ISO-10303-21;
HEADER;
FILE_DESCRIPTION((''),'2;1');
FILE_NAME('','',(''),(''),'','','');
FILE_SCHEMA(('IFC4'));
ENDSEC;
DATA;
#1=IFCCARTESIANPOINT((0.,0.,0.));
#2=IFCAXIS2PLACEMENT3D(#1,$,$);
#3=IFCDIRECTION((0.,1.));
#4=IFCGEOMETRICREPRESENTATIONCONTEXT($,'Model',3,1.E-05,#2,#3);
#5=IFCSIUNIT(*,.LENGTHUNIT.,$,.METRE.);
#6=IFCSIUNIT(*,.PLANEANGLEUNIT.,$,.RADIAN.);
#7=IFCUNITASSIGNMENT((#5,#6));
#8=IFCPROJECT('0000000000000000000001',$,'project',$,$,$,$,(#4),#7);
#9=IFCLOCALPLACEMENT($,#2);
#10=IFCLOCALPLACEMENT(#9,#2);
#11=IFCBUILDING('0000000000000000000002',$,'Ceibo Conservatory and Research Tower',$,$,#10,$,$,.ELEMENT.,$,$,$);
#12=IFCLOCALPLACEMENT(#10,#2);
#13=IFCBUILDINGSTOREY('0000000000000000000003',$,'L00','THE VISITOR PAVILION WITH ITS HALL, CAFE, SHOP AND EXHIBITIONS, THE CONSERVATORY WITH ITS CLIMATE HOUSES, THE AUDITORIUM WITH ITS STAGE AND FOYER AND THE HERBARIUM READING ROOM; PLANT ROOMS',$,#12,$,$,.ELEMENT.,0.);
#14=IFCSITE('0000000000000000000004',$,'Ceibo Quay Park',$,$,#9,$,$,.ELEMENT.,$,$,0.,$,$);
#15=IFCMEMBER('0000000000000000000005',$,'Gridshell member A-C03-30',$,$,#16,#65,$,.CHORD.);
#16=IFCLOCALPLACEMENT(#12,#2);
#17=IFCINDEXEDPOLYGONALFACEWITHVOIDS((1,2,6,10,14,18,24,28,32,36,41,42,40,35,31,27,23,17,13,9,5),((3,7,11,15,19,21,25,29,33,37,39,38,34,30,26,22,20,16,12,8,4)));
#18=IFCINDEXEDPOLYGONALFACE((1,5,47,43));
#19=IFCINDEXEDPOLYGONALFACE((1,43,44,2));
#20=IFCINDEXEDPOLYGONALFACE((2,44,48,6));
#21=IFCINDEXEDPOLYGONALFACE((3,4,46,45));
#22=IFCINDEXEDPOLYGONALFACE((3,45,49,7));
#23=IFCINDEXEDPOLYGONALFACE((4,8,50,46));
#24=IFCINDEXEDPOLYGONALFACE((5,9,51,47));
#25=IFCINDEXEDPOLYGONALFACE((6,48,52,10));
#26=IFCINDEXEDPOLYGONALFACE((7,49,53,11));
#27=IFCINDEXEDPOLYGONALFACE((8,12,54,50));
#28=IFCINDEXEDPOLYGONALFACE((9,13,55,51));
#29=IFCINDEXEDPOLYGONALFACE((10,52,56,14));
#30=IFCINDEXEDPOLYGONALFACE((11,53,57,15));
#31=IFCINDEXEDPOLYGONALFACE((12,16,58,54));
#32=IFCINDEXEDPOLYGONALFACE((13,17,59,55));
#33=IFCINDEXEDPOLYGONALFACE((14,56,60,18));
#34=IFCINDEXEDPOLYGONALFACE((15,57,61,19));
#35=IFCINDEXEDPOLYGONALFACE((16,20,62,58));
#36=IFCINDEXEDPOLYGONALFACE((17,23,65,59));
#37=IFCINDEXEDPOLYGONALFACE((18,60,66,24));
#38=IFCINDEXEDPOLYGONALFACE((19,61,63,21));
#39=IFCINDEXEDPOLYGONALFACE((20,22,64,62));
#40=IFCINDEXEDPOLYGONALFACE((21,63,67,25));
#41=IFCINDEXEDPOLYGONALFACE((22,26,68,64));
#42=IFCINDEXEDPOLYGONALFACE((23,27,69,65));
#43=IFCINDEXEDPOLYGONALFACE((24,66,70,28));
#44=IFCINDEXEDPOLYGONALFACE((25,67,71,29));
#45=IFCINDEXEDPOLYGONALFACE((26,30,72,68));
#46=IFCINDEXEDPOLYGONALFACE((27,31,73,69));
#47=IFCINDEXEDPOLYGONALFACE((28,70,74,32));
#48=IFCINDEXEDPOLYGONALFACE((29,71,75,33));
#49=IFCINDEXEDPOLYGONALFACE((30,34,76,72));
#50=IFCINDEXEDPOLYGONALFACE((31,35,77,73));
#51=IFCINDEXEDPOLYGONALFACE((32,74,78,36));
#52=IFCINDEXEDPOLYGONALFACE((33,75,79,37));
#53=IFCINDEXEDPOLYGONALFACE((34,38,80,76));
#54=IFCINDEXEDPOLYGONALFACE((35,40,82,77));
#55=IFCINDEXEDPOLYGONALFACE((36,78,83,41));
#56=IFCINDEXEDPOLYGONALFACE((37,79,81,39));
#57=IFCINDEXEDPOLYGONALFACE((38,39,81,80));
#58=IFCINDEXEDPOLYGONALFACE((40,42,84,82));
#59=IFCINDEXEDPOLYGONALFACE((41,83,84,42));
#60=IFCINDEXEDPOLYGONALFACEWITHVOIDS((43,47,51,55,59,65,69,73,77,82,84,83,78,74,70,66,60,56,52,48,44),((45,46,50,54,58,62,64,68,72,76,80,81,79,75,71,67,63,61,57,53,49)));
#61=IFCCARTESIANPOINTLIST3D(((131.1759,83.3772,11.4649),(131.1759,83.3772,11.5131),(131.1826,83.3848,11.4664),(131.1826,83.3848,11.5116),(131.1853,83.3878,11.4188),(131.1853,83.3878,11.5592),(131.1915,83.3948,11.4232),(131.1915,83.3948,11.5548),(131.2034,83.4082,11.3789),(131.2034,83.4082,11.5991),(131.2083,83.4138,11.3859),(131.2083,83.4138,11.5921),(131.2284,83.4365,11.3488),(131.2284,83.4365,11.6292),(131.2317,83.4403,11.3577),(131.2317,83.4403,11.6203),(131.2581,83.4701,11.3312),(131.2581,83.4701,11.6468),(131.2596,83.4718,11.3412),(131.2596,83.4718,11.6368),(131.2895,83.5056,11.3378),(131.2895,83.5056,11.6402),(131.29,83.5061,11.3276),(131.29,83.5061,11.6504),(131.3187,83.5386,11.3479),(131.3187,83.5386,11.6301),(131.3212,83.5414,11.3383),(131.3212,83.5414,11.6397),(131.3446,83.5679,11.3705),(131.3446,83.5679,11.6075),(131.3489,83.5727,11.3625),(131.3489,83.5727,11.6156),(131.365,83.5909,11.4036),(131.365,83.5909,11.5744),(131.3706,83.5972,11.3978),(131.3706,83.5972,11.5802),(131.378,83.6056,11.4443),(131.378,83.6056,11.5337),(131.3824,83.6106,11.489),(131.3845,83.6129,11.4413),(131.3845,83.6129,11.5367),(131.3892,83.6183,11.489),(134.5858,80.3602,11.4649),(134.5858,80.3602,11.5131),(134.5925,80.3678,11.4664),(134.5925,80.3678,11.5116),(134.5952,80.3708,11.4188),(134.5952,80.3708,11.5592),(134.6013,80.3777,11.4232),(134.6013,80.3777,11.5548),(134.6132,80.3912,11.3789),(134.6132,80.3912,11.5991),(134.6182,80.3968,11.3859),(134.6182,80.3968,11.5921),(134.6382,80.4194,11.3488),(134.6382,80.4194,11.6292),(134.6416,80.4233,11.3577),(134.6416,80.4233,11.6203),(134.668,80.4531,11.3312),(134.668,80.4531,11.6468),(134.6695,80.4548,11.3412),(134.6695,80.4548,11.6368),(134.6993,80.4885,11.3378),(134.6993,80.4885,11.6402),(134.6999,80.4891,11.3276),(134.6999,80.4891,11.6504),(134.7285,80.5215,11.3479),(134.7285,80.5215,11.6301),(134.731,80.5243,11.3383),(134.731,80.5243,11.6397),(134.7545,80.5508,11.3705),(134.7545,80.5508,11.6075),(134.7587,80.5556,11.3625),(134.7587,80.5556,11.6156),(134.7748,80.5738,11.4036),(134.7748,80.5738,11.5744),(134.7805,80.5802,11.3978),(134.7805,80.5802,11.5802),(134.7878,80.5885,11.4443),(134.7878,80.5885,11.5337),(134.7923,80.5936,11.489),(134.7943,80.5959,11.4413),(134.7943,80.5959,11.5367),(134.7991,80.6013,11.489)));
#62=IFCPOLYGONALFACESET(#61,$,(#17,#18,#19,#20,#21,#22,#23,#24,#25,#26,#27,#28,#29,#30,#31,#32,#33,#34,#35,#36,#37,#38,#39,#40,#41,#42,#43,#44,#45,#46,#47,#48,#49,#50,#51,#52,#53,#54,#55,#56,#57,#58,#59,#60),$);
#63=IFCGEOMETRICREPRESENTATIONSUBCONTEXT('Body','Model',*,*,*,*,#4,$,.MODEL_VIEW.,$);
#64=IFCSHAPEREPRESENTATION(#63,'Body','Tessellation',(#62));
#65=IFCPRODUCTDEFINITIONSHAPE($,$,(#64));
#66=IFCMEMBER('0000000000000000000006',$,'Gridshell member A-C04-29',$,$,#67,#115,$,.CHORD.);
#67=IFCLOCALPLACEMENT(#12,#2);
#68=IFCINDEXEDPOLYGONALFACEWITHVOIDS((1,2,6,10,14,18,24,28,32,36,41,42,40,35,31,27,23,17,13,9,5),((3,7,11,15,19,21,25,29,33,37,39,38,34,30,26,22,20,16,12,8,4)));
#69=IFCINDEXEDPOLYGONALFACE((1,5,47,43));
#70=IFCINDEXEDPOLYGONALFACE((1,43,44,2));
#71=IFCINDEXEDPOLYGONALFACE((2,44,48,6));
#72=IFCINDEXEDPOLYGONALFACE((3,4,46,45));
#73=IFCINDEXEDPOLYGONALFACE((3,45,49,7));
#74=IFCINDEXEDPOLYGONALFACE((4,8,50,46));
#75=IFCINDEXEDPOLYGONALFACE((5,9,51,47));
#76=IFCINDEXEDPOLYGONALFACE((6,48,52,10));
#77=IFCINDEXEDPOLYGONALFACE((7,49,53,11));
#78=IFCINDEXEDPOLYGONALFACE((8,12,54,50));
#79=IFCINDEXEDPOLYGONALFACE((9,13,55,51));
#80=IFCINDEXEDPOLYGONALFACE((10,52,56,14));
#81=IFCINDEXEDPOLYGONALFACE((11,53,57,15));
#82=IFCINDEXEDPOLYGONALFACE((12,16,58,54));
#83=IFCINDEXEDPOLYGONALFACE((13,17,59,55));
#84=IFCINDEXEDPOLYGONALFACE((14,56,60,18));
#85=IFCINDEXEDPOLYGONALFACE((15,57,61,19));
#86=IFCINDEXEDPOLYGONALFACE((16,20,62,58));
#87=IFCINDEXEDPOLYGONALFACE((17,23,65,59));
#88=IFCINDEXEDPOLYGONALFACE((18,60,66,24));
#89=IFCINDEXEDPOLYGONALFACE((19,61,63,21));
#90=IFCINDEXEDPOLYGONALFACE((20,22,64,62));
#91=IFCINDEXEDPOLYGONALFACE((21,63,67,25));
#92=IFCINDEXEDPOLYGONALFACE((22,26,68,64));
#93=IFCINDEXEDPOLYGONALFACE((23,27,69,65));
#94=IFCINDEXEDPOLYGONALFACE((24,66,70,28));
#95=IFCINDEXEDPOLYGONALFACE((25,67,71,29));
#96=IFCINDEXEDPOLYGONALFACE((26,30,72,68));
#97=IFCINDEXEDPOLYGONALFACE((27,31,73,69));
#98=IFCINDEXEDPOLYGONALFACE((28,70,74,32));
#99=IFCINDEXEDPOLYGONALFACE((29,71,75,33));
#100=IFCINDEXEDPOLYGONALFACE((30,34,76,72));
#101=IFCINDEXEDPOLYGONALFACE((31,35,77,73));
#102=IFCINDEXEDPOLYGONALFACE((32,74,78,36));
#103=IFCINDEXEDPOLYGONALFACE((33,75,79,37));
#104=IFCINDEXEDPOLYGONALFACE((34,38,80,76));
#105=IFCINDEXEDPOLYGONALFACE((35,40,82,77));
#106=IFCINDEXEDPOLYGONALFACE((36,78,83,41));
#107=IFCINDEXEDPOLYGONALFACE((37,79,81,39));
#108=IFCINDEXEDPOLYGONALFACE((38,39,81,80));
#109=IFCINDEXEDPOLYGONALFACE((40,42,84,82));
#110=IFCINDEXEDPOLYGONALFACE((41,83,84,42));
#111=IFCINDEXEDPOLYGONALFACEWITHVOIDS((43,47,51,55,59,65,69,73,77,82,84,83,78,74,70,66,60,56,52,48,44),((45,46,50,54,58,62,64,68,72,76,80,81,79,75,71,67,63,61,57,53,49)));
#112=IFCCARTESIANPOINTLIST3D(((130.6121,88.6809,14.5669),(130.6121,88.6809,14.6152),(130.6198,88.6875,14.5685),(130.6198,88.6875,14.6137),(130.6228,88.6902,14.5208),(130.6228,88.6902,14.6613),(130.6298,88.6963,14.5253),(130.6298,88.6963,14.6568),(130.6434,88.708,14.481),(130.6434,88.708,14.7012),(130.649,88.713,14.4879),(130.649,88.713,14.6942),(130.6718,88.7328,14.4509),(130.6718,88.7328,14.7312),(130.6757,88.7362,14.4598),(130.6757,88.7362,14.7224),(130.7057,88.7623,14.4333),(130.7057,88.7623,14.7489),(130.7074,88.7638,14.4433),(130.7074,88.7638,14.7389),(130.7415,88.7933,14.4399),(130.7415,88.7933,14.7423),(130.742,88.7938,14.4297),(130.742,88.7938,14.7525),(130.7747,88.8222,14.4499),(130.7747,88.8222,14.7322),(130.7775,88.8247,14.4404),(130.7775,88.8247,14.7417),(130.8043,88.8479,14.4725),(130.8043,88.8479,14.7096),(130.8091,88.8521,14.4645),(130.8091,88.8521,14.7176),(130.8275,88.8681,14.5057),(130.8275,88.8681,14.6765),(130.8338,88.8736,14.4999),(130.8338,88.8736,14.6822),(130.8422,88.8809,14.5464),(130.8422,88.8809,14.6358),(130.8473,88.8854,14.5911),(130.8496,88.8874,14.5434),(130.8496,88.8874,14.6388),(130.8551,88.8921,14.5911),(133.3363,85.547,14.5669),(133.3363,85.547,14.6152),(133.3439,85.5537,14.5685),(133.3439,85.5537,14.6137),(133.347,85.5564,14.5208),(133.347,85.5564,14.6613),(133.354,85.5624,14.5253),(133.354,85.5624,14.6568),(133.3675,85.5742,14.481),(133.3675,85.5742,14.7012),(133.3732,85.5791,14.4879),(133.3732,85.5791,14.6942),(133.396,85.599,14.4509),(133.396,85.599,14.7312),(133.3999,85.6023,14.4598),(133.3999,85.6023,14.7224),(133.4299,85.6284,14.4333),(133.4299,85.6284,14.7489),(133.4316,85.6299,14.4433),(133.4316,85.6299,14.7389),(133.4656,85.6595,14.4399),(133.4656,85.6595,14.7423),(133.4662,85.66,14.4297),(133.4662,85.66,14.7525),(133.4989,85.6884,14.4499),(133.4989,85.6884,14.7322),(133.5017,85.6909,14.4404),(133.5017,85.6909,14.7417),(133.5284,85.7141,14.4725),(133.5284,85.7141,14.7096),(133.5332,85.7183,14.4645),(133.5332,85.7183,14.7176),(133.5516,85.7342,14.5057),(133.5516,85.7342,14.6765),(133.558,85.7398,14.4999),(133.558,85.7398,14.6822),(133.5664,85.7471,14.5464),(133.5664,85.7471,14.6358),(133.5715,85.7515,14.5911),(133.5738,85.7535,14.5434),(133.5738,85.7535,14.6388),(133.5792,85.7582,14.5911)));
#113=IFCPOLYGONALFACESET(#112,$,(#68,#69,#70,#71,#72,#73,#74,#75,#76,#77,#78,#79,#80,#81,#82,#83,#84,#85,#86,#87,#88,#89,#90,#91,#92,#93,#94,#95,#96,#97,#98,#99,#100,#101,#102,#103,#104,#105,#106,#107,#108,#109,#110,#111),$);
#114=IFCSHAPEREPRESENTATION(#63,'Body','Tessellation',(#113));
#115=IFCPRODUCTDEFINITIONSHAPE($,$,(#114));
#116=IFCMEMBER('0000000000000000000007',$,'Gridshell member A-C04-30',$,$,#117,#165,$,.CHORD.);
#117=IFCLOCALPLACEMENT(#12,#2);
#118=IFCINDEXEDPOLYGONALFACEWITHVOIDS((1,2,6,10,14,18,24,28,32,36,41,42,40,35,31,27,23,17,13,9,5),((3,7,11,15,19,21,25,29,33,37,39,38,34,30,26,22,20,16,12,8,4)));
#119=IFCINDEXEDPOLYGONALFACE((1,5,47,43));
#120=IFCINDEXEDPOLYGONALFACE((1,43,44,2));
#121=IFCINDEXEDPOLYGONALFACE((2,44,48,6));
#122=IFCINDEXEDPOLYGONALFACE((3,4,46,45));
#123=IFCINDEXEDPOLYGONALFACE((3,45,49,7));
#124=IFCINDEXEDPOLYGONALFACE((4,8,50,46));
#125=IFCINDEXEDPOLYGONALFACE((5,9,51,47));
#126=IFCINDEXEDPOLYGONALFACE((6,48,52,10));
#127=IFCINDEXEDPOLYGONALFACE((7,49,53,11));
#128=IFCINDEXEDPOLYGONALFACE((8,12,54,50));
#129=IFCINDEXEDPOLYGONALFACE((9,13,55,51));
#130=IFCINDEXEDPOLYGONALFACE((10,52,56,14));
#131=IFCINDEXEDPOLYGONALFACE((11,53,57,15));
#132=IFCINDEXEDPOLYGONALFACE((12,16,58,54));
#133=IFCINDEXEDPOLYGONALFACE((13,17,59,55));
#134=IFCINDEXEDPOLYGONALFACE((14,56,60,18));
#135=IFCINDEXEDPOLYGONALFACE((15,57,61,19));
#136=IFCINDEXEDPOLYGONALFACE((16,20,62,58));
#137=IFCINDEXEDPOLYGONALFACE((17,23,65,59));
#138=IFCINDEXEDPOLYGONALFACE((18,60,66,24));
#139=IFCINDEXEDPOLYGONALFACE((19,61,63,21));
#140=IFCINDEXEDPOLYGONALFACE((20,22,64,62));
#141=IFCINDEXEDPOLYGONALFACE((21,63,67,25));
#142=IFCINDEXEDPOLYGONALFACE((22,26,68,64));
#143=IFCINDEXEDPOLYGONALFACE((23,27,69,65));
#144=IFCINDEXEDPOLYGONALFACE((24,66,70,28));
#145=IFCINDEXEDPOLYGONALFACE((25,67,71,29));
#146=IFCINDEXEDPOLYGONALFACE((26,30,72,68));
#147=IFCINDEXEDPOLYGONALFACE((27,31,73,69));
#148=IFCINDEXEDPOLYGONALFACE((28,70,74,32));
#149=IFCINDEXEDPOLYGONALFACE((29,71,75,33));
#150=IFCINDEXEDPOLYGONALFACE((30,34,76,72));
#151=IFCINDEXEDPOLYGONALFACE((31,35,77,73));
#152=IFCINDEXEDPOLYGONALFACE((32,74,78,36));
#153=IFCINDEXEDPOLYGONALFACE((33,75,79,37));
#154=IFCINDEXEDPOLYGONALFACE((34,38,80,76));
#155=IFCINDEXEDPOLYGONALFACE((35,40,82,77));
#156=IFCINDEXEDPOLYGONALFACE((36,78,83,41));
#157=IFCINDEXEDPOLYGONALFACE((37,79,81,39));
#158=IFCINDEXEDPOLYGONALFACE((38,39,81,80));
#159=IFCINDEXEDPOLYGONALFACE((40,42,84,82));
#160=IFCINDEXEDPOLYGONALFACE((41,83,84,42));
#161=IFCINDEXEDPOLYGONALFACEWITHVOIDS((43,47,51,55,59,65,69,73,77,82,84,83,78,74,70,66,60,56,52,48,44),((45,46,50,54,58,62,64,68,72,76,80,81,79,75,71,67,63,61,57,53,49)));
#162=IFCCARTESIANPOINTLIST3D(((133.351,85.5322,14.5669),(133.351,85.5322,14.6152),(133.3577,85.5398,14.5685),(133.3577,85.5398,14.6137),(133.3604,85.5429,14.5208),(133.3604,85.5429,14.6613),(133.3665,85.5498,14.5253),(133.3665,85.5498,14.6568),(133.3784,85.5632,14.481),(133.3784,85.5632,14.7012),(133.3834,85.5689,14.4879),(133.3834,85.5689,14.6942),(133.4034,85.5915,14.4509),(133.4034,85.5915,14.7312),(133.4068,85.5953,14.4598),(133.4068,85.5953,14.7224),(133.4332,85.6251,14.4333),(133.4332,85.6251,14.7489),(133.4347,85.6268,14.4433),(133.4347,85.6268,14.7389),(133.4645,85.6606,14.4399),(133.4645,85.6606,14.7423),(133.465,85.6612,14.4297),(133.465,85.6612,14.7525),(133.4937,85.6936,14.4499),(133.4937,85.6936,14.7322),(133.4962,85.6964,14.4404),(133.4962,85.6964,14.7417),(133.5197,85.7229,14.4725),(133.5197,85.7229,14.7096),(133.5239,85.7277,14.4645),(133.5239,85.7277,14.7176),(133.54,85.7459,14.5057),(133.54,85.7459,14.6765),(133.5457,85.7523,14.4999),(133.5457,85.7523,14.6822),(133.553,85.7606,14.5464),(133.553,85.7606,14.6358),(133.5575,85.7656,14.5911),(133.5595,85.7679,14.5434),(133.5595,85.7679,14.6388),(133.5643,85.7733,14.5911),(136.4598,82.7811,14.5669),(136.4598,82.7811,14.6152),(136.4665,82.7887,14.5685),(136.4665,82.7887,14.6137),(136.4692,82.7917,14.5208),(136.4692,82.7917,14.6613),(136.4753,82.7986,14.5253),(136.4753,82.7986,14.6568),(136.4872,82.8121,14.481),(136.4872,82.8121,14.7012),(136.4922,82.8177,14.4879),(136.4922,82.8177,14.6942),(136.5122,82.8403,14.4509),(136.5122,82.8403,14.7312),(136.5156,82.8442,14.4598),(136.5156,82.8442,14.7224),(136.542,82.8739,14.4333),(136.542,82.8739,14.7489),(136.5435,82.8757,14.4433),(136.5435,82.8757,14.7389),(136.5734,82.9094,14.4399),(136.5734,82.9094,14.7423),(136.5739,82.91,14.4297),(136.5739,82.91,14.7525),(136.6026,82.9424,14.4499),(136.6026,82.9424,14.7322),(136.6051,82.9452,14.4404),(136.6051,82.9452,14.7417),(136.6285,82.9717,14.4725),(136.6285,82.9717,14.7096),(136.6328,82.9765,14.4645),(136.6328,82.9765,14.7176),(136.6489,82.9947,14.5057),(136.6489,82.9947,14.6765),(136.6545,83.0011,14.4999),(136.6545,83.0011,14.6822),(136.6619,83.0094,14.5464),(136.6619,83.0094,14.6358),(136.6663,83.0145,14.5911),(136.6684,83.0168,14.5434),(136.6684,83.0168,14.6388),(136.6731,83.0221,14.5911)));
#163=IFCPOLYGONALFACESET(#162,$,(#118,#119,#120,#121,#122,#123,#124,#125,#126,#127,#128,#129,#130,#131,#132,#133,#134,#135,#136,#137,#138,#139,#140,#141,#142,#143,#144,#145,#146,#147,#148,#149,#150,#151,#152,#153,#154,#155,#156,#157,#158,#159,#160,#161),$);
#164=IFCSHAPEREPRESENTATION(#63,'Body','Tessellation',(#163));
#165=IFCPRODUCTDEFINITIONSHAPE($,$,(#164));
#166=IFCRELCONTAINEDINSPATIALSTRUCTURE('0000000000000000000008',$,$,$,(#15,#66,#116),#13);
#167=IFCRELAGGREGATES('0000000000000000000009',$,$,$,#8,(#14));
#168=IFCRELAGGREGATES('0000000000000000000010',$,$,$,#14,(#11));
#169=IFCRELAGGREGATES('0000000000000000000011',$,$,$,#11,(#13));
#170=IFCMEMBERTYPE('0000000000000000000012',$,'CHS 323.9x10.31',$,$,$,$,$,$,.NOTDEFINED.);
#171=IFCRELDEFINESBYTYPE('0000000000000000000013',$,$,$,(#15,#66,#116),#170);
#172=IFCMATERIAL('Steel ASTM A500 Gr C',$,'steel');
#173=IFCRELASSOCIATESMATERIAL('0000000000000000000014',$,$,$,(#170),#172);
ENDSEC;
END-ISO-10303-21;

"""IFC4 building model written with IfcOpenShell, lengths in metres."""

from ifc_helpers import new_model, si_unit, direction, frame, origin, origin_2d, place, context, subcontext, project, spatial, hollow_circle, extrude, material, material_profile, profile_set, type_object, element, save


model = new_model("IFC4")

# Units and contexts
model_context = context("Model", 3, precision=1e-05, world=origin(), true_north=direction((0.0, 1.0)))
body_context = subcontext(model_context, "Body", "Model", "MODEL_VIEW")
ifc_project = project(units=[si_unit("LENGTHUNIT", "METRE"), si_unit("PLANEANGLEUNIT", "RADIAN")], contexts=[model_context])

# Site, building, storey
site_placement = place(None, origin())
site = spatial("IfcSite", under=ifc_project, at=site_placement, Name="Ceibo Quay Park", CompositionType="ELEMENT", RefElevation=0.0)
building_placement = place(site_placement, origin())
building = spatial("IfcBuilding", under=site, at=building_placement, Name="Ceibo Conservatory and Research Tower", CompositionType="ELEMENT")
storey_placement = place(building_placement, origin())
storey = spatial("IfcBuildingStorey", under=building, at=storey_placement, Name="L00", Description="THE VISITOR PAVILION WITH ITS HALL, CAFE, SHOP AND EXHIBITIONS, THE CONSERVATORY WITH ITS CLIMATE HOUSES, THE AUDITORIUM WITH ITS STAGE AND FOYER AND THE HERBARIUM READING ROOM; PLANT ROOMS", CompositionType="ELEMENT", Elevation=0.0)

# Members
ifc_material_1 = material(Name="Steel ASTM A500 Gr C", Category="steel")
ifc_material_profile_1 = material_profile(ifc_material_1, hollow_circle(Radius=0.1619, WallThickness=0.0103, at=origin_2d()), Name="CHS 323.9x10.31")
ifc_profile_set_1 = profile_set([ifc_material_profile_1], Name="Steel ASTM A500 Gr C")
member_type_1 = type_object("IfcMemberType", Name="CHS 323.9x10.31", PredefinedType="NOTDEFINED", material=ifc_profile_set_1)
for number, where, z_axis, x_axis, name in (
    (1, (131.282, 83.4971, 11.489), (0.748928, -0.662651, 0.0), (0.662651, 0.748928, 0.0), "Gridshell member A-C03-30"),
):
    element("IfcMember", number, at=place(storey_placement, frame(where, z_axis=z_axis, x_axis=x_axis)), inside=storey, type_object=member_type_1, Name=name, PredefinedType="CHORD", context=body_context, shape_type="SweptSolid", body=[
        extrude(hollow_circle(Radius=0.1619, WallThickness=0.0103, at=origin_2d()), origin(), (0.0, 0.0, 1.0), 4.553),
    ])
member_1_placement = place(storey_placement, frame((130.7329, 88.7859, 14.5911), z_axis=(0.656054, -0.754714, 0.0), x_axis=(0.754714, 0.656054, 0.0)))
element("IfcMember", 2, at=member_1_placement, inside=storey, type_object=member_type_1, Name="Gridshell member A-C04-29", PredefinedType="CHORD", context=body_context, shape_type="SweptSolid", body=[
    extrude(hollow_circle(Radius=0.1619, WallThickness=0.0103, at=origin_2d()), origin(), (0.0, 0.0, 1.0), 4.1523),
])
member_2_placement = place(storey_placement, frame((133.457, 85.6521, 14.5911), z_axis=(0.748871, -0.662716, 0.0), x_axis=(0.662716, 0.748871, 0.0)))
element("IfcMember", 3, at=member_2_placement, inside=storey, type_object=member_type_1, Name="Gridshell member A-C04-30", PredefinedType="CHORD", context=body_context, shape_type="SweptSolid", body=[
    extrude(hollow_circle(Radius=0.1619, WallThickness=0.0103, at=origin_2d()), origin(), (0.0, 0.0, 1.0), 4.1514),
])

save(model, "model.ifc")
